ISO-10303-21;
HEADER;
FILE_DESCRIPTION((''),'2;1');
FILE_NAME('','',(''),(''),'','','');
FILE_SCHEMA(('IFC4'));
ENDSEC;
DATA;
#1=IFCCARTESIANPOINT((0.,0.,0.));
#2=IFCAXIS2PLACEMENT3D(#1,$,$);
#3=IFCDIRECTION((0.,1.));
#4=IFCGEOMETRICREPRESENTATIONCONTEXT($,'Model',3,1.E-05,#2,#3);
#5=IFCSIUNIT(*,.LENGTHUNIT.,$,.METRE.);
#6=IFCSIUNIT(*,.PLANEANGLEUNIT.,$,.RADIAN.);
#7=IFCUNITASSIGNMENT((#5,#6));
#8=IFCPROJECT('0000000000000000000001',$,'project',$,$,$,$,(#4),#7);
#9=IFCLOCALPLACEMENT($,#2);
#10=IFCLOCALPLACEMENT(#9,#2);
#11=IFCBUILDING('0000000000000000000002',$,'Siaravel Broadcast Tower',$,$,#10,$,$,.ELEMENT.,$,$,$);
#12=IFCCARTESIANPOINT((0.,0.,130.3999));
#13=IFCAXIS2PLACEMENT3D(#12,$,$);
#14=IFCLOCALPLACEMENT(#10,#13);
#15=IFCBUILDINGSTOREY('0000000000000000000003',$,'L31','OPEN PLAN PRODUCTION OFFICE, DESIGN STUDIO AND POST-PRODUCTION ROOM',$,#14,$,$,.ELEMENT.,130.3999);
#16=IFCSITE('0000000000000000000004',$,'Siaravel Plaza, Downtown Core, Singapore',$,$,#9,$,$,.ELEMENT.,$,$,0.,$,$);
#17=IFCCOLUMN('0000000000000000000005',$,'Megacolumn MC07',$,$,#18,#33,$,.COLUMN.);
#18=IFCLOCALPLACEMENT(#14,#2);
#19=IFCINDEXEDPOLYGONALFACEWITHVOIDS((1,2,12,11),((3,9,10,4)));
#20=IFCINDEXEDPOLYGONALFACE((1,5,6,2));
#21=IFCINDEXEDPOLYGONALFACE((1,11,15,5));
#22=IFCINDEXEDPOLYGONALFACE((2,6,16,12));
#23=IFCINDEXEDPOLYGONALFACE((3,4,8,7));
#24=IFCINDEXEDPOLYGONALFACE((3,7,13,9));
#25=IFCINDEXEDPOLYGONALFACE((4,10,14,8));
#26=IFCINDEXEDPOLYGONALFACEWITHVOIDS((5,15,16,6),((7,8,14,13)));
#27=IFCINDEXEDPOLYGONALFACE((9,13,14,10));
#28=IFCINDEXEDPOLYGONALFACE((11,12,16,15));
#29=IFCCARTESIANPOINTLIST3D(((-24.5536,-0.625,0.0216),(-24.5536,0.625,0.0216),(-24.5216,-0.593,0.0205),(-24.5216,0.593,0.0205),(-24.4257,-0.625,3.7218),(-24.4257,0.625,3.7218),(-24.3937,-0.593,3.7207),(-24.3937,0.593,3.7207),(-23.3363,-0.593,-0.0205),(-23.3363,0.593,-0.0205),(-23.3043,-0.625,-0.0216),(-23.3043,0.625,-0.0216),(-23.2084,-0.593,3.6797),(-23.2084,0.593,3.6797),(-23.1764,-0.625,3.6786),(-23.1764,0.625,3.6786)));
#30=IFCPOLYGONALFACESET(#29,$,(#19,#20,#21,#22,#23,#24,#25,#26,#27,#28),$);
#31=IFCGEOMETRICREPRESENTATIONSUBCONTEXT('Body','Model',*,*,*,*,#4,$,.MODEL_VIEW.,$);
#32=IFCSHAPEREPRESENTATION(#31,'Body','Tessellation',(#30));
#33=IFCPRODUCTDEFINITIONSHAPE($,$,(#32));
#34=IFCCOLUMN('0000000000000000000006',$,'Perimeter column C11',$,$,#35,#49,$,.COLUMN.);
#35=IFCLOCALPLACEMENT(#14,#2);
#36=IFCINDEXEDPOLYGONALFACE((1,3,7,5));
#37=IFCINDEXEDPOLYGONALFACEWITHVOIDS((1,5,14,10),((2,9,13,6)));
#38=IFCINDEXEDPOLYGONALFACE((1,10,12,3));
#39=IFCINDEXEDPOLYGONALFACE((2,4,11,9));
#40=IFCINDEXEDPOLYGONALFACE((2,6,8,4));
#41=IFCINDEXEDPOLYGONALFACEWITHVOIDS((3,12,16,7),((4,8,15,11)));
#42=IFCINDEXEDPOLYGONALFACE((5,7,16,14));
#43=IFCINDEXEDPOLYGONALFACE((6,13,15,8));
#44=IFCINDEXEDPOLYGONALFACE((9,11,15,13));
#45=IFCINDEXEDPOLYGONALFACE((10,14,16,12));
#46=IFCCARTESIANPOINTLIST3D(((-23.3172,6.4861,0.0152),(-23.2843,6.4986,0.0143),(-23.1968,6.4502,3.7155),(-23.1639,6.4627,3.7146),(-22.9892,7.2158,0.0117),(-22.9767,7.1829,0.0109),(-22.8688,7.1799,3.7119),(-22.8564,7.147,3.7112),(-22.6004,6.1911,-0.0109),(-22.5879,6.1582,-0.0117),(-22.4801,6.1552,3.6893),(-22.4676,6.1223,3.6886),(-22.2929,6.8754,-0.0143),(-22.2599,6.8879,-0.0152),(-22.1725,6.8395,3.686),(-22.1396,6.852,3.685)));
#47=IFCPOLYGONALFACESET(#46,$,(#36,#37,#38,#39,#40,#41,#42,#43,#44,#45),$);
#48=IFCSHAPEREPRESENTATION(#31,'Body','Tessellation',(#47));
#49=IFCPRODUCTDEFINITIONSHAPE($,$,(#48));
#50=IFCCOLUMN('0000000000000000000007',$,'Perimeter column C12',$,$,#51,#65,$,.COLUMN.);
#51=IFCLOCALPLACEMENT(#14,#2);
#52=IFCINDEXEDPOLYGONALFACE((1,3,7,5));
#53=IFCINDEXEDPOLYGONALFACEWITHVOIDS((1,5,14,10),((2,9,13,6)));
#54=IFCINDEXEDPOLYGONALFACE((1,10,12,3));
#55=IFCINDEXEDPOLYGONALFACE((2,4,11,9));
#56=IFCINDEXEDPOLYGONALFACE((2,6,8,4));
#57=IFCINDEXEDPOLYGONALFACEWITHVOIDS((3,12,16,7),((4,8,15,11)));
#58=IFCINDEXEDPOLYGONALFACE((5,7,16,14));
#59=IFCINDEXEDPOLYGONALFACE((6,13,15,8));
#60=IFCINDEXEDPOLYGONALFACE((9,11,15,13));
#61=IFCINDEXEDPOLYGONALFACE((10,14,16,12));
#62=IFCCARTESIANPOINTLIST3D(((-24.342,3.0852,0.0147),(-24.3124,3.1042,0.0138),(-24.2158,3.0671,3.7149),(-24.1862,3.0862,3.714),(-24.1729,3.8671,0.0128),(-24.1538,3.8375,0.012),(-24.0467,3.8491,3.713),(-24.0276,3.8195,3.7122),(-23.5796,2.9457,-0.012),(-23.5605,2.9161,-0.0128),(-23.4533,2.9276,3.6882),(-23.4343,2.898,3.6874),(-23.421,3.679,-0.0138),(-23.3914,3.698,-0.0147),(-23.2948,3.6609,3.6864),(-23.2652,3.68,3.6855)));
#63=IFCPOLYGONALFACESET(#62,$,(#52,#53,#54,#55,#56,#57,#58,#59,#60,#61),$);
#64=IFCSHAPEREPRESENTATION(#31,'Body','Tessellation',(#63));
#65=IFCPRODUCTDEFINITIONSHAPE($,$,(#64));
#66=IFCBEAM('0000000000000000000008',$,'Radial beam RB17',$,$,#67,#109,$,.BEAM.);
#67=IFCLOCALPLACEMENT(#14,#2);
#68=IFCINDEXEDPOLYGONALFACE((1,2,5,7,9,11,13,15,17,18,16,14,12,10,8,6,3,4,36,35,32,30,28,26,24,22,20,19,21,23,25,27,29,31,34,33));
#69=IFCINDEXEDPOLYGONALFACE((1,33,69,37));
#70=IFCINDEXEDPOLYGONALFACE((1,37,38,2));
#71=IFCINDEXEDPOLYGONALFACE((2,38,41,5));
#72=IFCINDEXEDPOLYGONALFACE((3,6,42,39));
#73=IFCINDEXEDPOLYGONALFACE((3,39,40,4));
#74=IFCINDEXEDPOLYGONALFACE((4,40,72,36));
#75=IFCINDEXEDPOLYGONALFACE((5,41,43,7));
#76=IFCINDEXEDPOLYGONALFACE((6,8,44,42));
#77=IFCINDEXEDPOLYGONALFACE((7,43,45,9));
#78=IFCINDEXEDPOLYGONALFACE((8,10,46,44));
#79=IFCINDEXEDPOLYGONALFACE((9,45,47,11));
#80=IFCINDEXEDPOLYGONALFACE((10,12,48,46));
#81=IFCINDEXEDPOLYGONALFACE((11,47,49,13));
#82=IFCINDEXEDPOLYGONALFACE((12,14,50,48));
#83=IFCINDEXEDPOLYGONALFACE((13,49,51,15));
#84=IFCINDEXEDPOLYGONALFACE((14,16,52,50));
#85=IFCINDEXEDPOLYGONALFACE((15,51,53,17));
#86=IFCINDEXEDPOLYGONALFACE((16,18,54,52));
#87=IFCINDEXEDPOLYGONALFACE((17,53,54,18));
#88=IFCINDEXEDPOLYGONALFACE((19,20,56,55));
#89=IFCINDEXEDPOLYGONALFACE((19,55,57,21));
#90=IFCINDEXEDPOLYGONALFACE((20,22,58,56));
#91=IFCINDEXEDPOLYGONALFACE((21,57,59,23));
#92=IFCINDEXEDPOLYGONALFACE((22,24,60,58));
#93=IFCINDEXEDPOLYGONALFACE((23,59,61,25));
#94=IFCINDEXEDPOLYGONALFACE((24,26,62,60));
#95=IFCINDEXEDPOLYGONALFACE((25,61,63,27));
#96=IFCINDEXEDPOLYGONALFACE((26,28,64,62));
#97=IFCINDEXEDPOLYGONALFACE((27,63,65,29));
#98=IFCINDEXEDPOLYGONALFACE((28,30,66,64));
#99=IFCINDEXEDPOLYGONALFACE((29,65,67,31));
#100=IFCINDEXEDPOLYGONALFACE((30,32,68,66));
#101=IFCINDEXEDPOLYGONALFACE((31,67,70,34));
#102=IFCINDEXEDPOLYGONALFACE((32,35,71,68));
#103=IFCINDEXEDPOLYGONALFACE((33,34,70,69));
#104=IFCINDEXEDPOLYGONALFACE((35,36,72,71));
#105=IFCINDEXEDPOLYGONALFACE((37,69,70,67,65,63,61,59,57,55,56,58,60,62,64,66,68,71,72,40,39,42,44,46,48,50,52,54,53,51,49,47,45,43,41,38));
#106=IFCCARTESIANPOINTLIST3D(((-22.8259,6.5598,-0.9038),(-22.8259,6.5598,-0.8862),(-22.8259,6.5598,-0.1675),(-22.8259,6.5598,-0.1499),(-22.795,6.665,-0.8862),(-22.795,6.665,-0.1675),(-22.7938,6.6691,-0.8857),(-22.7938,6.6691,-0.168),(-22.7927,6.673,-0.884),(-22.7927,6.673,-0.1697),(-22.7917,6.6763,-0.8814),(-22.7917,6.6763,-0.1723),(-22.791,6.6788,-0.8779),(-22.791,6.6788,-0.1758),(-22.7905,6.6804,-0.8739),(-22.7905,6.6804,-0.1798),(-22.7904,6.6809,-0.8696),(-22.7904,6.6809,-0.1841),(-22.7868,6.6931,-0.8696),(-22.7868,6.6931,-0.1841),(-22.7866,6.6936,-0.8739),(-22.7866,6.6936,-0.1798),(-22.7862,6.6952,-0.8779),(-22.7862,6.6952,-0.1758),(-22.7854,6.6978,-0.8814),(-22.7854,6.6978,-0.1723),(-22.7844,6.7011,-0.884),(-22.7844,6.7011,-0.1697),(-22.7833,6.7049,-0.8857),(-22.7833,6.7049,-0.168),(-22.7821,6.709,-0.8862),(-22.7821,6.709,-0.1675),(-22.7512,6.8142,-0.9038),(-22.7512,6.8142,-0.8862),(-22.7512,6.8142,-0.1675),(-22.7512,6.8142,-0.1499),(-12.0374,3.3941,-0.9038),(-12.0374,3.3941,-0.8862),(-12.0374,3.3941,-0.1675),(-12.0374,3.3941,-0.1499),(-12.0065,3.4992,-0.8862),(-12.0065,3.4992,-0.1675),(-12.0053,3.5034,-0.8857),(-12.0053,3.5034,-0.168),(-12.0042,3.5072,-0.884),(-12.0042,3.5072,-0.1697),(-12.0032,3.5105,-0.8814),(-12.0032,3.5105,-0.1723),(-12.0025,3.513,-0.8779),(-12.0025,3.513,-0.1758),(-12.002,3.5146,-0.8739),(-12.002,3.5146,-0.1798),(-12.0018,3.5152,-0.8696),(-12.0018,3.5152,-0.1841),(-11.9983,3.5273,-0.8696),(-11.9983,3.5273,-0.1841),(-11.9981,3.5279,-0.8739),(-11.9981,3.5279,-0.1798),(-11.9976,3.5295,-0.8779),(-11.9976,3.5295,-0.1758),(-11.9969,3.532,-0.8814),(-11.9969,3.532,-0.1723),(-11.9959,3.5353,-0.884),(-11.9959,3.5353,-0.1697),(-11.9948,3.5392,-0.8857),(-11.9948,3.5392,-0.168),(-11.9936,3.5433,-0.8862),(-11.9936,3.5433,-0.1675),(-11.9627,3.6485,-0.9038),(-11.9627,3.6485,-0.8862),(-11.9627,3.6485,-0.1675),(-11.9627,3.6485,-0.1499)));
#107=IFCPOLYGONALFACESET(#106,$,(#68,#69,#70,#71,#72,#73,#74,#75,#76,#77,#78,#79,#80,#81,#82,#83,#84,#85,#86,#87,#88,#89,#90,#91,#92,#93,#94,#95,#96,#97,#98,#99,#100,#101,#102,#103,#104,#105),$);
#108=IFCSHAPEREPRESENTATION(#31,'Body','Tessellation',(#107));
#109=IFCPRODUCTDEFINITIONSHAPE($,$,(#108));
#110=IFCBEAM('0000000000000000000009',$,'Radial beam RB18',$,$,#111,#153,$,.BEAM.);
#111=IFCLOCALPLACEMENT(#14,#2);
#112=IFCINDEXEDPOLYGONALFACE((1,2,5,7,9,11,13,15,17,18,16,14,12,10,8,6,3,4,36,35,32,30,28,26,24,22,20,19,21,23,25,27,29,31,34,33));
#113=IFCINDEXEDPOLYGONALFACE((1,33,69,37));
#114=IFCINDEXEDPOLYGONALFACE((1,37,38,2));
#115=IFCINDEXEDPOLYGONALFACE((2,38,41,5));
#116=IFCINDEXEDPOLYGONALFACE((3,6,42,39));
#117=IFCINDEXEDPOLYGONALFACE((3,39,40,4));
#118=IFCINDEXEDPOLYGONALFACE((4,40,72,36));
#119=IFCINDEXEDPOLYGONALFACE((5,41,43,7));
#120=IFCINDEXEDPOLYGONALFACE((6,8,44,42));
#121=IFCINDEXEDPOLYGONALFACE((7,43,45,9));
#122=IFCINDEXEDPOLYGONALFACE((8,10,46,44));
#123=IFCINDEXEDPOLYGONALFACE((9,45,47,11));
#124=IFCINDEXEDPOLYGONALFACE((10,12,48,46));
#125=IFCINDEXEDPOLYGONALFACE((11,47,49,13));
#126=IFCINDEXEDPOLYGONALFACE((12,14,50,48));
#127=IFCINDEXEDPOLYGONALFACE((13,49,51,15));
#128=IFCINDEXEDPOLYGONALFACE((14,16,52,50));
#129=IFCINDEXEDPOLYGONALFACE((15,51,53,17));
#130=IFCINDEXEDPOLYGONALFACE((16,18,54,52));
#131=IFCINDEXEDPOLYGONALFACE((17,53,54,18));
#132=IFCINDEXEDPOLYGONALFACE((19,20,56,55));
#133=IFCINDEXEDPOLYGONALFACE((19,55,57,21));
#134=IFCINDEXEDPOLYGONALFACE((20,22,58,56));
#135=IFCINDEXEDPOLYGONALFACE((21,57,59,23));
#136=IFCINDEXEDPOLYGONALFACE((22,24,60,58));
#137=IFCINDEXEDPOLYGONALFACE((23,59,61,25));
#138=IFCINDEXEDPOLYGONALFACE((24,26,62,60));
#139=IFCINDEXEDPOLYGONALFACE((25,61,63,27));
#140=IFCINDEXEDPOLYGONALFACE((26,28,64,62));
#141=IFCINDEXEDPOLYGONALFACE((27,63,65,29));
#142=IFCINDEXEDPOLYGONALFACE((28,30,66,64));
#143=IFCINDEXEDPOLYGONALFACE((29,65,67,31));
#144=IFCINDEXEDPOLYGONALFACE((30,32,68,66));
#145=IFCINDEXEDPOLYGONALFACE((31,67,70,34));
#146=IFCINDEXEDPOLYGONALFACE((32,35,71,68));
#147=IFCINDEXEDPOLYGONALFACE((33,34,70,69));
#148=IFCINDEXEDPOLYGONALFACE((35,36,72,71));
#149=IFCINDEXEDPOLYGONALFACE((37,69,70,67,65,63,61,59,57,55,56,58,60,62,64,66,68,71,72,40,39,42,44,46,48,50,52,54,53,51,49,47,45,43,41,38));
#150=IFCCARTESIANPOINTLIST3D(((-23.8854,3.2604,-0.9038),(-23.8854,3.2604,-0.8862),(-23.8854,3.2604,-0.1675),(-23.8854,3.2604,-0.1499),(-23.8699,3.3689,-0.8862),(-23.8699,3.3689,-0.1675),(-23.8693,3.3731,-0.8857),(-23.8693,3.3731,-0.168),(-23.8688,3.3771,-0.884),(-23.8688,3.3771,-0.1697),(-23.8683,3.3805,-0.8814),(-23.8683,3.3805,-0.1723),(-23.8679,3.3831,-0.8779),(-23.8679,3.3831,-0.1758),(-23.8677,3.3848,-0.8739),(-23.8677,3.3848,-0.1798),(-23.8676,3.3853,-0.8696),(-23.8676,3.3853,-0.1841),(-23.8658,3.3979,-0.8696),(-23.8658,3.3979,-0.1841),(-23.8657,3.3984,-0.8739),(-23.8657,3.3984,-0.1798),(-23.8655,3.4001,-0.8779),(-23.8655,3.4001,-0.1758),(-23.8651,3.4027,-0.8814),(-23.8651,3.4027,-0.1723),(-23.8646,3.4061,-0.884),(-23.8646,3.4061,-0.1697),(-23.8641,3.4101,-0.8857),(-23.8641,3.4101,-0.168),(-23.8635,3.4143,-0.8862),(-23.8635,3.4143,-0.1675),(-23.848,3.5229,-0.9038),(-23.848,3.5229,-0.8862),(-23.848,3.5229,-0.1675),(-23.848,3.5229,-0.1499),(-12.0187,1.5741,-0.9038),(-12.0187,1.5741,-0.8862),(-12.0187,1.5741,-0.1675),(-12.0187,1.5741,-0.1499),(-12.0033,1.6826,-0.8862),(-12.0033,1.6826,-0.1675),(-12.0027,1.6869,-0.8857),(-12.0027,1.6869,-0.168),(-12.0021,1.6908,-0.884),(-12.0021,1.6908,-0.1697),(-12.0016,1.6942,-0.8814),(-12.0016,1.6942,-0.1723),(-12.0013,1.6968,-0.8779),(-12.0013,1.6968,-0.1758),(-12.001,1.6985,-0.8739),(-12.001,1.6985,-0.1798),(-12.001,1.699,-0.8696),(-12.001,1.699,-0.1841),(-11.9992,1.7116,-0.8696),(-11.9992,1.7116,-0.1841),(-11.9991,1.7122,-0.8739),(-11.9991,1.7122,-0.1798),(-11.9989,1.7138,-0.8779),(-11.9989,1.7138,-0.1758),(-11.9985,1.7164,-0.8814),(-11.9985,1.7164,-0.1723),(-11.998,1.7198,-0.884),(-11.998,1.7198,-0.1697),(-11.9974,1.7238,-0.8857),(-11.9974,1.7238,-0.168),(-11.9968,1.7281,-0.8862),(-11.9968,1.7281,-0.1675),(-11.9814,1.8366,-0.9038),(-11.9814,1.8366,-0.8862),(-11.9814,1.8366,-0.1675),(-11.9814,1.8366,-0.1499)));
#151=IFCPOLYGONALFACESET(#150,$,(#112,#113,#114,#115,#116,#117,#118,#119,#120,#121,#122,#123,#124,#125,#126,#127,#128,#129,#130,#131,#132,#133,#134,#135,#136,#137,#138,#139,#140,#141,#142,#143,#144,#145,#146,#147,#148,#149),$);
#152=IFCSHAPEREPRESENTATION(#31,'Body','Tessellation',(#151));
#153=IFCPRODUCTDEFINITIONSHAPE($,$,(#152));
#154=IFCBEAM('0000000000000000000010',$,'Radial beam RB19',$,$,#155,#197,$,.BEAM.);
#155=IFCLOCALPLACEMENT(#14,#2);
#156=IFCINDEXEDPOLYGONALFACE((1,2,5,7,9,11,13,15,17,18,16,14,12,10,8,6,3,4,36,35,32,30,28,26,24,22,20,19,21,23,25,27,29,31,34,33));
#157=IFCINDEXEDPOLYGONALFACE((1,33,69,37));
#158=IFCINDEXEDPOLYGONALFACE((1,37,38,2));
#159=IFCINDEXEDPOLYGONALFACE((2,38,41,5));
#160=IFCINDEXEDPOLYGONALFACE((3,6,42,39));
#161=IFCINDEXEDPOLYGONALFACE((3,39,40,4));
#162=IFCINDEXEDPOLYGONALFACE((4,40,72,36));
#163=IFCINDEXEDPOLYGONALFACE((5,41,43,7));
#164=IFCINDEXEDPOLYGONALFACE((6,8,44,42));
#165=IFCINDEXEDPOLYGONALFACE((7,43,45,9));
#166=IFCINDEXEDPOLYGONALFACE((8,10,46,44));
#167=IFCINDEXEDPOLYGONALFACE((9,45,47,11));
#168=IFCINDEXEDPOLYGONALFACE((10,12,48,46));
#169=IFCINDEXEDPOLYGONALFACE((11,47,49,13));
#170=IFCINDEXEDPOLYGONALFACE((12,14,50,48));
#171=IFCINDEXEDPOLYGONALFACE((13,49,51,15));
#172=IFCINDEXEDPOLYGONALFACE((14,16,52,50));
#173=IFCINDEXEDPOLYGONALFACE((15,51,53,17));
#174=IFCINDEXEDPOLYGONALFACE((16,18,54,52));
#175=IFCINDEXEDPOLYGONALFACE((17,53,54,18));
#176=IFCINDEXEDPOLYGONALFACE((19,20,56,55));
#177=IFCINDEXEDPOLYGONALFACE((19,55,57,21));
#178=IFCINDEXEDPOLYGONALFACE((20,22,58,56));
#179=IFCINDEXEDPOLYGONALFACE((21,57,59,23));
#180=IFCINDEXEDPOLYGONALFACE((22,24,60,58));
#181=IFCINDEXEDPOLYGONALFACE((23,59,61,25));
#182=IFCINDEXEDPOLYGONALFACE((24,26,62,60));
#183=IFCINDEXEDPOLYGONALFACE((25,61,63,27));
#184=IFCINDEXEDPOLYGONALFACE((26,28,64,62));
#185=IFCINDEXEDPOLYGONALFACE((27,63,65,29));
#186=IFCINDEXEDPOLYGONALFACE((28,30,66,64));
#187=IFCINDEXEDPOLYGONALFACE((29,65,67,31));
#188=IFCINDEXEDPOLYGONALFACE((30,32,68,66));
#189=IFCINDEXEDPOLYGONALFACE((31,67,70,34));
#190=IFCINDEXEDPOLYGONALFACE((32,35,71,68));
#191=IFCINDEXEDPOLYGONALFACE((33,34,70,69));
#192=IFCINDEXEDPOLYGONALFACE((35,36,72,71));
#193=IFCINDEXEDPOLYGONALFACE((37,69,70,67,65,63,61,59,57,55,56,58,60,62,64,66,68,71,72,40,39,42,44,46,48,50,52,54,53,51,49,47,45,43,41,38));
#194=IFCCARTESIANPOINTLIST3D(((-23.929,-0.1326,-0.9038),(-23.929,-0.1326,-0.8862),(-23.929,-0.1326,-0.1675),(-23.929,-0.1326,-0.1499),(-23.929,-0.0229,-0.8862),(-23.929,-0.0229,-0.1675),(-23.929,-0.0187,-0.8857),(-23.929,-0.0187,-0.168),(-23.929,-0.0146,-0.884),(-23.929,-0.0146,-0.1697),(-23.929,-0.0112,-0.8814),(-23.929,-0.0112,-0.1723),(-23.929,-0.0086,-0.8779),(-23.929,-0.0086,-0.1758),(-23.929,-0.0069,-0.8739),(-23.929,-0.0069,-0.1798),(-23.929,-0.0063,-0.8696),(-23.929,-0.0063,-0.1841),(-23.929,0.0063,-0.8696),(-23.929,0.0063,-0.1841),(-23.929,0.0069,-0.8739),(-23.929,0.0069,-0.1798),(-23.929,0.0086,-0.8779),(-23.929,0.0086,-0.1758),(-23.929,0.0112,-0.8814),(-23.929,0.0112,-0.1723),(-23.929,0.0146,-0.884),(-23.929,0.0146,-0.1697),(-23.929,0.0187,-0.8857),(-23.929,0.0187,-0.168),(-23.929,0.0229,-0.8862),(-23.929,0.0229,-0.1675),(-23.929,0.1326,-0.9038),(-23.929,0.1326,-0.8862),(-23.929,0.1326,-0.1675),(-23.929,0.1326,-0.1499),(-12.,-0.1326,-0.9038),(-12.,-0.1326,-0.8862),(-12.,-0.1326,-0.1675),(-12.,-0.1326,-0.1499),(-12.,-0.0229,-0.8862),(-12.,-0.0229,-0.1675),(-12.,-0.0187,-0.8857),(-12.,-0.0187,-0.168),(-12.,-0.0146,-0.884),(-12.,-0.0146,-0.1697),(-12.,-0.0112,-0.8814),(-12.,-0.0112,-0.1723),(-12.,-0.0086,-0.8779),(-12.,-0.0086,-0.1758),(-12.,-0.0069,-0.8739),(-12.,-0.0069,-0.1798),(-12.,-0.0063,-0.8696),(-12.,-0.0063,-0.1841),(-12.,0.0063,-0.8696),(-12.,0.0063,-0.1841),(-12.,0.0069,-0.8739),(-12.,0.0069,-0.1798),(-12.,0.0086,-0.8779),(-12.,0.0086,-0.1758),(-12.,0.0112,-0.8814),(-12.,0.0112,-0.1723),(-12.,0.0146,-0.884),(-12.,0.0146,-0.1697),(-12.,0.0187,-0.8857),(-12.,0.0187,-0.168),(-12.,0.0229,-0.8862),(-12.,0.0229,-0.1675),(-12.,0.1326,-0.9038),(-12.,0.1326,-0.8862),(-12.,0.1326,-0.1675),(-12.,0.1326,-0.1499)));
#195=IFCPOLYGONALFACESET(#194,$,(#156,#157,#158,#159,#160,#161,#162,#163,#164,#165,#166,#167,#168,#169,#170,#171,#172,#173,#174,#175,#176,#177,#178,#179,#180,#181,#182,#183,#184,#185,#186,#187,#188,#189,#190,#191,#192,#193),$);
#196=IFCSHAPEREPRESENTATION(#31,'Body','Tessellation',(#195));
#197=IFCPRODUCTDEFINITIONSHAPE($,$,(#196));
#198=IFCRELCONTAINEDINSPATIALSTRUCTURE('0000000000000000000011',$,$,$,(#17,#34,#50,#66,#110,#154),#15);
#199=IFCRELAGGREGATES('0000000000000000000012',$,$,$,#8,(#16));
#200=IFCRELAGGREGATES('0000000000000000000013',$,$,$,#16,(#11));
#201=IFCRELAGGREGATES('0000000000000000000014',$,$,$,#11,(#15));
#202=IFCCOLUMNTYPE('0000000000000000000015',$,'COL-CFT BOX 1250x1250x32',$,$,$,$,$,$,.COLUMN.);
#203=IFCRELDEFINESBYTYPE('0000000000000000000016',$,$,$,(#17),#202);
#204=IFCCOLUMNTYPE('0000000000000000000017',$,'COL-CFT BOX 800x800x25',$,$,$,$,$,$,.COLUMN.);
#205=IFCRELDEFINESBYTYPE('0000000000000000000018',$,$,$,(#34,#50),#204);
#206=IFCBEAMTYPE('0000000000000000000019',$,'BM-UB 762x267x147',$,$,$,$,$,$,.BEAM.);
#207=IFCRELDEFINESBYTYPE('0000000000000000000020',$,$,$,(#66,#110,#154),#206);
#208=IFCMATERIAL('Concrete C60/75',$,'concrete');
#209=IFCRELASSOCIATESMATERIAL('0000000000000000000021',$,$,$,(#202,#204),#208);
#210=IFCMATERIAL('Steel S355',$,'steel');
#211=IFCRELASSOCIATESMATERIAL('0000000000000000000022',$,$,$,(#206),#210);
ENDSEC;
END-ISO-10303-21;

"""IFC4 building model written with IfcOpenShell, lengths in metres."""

from ifc_helpers import new_model, si_unit, direction, frame, origin, origin_2d, place, context, subcontext, project, spatial, hollow_rectangle, i_section, extrude, material, material_profile, profile_set, type_object, element, save


model = new_model("IFC4")

# Units and contexts
model_context = context("Model", 3, precision=1e-05, world=origin(), true_north=direction((0.0, 1.0)))
body_context = subcontext(model_context, "Body", "Model", "MODEL_VIEW")
ifc_project = project(units=[si_unit("LENGTHUNIT", "METRE"), si_unit("PLANEANGLEUNIT", "RADIAN")], contexts=[model_context])

# Site, building, storey
site_placement = place(None, origin())
site = spatial("IfcSite", under=ifc_project, at=site_placement, Name="Siaravel Plaza, Downtown Core, Singapore", CompositionType="ELEMENT", RefElevation=0.0)
building_placement = place(site_placement, origin())
building = spatial("IfcBuilding", under=site, at=building_placement, Name="Siaravel Broadcast Tower", CompositionType="ELEMENT")
storey_placement = place(building_placement, frame((0.0, 0.0, 130.3999)))
storey = spatial("IfcBuildingStorey", under=building, at=storey_placement, Name="L31", Description="OPEN PLAN PRODUCTION OFFICE, DESIGN STUDIO AND POST-PRODUCTION ROOM", CompositionType="ELEMENT", Elevation=130.3999)

# Columns
ifc_material_1 = material(Name="Concrete C60/75", Category="concrete")
ifc_material_profile_1 = material_profile(ifc_material_1, hollow_rectangle(XDim=1.25, YDim=1.25, WallThickness=0.032, at=origin_2d()))
ifc_profile_set_1 = profile_set([ifc_material_profile_1], Name="Concrete C60/75")
column_type_1 = type_object("IfcColumnType", Name="COL-CFT BOX 1250x1250x32", PredefinedType="COLUMN", material=ifc_profile_set_1)
column_placement = place(storey_placement, frame((-23.929, 0.0, 0.0), z_axis=(0.034553, 0.0, 0.999403), x_axis=(0.0, 1.0, 0.0)))
element("IfcColumn", 1, at=column_placement, inside=storey, type_object=column_type_1, Name="Megacolumn MC07", PredefinedType="COLUMN", context=body_context, shape_type="SweptSolid", body=[
    extrude(hollow_rectangle(XDim=1.25, YDim=1.25, WallThickness=0.032, at=origin_2d()), origin(), (0.0, 0.0, 1.0), 3.7024),
])
ifc_material_profile_2 = material_profile(ifc_material_1, hollow_rectangle(XDim=0.8, YDim=0.8, WallThickness=0.0249, at=origin_2d()))
ifc_profile_set_2 = profile_set([ifc_material_profile_2], Name="Concrete C60/75")
column_type_2 = type_object("IfcColumnType", Name="COL-CFT BOX 800x800x25", PredefinedType="COLUMN", material=ifc_profile_set_2)
for number, where, z_axis, x_axis, name in (
    (2, (-22.7886, 6.687, 0.0), (0.03251, -0.009694, 0.999424), (0.409965, 0.91209, -0.004489), "Perimeter column C11"),
    (3, (-23.8667, 3.3916, 0.0), (0.034092, -0.00488, 0.999407), (0.211379, 0.977401, -0.002438), "Perimeter column C12"),
):
    element("IfcColumn", number, at=place(storey_placement, frame(where, z_axis=z_axis, x_axis=x_axis)), inside=storey, type_object=column_type_2, Name=name, PredefinedType="COLUMN", context=body_context, shape_type="SweptSolid", body=[
        extrude(hollow_rectangle(XDim=0.8, YDim=0.8, WallThickness=0.0249, at=origin_2d()), origin(), (0.0, 0.0, 1.0), 3.7024),
    ])

# Beams
ifc_material_2 = material(Name="Steel S355", Category="steel")
ifc_material_profile_3 = material_profile(ifc_material_2, i_section(OverallWidth=0.2651, OverallDepth=0.7539, WebThickness=0.0127, FlangeThickness=0.0176, FilletRadius=0.0166, at=origin_2d()))
ifc_profile_set_3 = profile_set([ifc_material_profile_3], Name="Steel S355")
beam_type = type_object("IfcBeamType", Name="BM-UB 762x267x147", PredefinedType="BEAM", material=ifc_profile_set_3)
beam_1_placement = place(storey_placement, frame((-22.7886, 6.687, -0.5269), z_axis=(0.959542, -0.281566, 0.0), x_axis=(0.281566, 0.959542, 0.0)))
element("IfcBeam", 4, at=beam_1_placement, inside=storey, type_object=beam_type, Name="Radial beam RB17", PredefinedType="BEAM", context=body_context, shape_type="SweptSolid", body=[
    extrude(i_section(OverallWidth=0.2651, OverallDepth=0.7539, WebThickness=0.0127, FlangeThickness=0.0176, FilletRadius=0.0166, at=origin_2d()), origin(), (0.0, 0.0, 1.0), 11.2434),
])
beam_2_placement = place(storey_placement, frame((-23.8667, 3.3916, -0.5269), z_axis=(0.990054, -0.140688, 0.0), x_axis=(0.140688, 0.990054, 0.0)))
element("IfcBeam", 5, at=beam_2_placement, inside=storey, type_object=beam_type, Name="Radial beam RB18", PredefinedType="BEAM", context=body_context, shape_type="SweptSolid", body=[
    extrude(i_section(OverallWidth=0.2651, OverallDepth=0.7539, WebThickness=0.0127, FlangeThickness=0.0176, FilletRadius=0.0166, at=origin_2d()), origin(), (0.0, 0.0, 1.0), 11.9858),
])
beam_3_placement = place(storey_placement, frame((-23.929, 0.0, -0.5269), z_axis=(1.0, 0.0, 0.0), x_axis=(0.0, 1.0, 0.0)))
element("IfcBeam", 6, at=beam_3_placement, inside=storey, type_object=beam_type, Name="Radial beam RB19", PredefinedType="BEAM", context=body_context, shape_type="SweptSolid", body=[
    extrude(i_section(OverallWidth=0.2651, OverallDepth=0.7539, WebThickness=0.0127, FlangeThickness=0.0176, FilletRadius=0.0166, at=origin_2d()), origin(), (0.0, 0.0, 1.0), 11.929),
])

save(model, "model.ifc")
